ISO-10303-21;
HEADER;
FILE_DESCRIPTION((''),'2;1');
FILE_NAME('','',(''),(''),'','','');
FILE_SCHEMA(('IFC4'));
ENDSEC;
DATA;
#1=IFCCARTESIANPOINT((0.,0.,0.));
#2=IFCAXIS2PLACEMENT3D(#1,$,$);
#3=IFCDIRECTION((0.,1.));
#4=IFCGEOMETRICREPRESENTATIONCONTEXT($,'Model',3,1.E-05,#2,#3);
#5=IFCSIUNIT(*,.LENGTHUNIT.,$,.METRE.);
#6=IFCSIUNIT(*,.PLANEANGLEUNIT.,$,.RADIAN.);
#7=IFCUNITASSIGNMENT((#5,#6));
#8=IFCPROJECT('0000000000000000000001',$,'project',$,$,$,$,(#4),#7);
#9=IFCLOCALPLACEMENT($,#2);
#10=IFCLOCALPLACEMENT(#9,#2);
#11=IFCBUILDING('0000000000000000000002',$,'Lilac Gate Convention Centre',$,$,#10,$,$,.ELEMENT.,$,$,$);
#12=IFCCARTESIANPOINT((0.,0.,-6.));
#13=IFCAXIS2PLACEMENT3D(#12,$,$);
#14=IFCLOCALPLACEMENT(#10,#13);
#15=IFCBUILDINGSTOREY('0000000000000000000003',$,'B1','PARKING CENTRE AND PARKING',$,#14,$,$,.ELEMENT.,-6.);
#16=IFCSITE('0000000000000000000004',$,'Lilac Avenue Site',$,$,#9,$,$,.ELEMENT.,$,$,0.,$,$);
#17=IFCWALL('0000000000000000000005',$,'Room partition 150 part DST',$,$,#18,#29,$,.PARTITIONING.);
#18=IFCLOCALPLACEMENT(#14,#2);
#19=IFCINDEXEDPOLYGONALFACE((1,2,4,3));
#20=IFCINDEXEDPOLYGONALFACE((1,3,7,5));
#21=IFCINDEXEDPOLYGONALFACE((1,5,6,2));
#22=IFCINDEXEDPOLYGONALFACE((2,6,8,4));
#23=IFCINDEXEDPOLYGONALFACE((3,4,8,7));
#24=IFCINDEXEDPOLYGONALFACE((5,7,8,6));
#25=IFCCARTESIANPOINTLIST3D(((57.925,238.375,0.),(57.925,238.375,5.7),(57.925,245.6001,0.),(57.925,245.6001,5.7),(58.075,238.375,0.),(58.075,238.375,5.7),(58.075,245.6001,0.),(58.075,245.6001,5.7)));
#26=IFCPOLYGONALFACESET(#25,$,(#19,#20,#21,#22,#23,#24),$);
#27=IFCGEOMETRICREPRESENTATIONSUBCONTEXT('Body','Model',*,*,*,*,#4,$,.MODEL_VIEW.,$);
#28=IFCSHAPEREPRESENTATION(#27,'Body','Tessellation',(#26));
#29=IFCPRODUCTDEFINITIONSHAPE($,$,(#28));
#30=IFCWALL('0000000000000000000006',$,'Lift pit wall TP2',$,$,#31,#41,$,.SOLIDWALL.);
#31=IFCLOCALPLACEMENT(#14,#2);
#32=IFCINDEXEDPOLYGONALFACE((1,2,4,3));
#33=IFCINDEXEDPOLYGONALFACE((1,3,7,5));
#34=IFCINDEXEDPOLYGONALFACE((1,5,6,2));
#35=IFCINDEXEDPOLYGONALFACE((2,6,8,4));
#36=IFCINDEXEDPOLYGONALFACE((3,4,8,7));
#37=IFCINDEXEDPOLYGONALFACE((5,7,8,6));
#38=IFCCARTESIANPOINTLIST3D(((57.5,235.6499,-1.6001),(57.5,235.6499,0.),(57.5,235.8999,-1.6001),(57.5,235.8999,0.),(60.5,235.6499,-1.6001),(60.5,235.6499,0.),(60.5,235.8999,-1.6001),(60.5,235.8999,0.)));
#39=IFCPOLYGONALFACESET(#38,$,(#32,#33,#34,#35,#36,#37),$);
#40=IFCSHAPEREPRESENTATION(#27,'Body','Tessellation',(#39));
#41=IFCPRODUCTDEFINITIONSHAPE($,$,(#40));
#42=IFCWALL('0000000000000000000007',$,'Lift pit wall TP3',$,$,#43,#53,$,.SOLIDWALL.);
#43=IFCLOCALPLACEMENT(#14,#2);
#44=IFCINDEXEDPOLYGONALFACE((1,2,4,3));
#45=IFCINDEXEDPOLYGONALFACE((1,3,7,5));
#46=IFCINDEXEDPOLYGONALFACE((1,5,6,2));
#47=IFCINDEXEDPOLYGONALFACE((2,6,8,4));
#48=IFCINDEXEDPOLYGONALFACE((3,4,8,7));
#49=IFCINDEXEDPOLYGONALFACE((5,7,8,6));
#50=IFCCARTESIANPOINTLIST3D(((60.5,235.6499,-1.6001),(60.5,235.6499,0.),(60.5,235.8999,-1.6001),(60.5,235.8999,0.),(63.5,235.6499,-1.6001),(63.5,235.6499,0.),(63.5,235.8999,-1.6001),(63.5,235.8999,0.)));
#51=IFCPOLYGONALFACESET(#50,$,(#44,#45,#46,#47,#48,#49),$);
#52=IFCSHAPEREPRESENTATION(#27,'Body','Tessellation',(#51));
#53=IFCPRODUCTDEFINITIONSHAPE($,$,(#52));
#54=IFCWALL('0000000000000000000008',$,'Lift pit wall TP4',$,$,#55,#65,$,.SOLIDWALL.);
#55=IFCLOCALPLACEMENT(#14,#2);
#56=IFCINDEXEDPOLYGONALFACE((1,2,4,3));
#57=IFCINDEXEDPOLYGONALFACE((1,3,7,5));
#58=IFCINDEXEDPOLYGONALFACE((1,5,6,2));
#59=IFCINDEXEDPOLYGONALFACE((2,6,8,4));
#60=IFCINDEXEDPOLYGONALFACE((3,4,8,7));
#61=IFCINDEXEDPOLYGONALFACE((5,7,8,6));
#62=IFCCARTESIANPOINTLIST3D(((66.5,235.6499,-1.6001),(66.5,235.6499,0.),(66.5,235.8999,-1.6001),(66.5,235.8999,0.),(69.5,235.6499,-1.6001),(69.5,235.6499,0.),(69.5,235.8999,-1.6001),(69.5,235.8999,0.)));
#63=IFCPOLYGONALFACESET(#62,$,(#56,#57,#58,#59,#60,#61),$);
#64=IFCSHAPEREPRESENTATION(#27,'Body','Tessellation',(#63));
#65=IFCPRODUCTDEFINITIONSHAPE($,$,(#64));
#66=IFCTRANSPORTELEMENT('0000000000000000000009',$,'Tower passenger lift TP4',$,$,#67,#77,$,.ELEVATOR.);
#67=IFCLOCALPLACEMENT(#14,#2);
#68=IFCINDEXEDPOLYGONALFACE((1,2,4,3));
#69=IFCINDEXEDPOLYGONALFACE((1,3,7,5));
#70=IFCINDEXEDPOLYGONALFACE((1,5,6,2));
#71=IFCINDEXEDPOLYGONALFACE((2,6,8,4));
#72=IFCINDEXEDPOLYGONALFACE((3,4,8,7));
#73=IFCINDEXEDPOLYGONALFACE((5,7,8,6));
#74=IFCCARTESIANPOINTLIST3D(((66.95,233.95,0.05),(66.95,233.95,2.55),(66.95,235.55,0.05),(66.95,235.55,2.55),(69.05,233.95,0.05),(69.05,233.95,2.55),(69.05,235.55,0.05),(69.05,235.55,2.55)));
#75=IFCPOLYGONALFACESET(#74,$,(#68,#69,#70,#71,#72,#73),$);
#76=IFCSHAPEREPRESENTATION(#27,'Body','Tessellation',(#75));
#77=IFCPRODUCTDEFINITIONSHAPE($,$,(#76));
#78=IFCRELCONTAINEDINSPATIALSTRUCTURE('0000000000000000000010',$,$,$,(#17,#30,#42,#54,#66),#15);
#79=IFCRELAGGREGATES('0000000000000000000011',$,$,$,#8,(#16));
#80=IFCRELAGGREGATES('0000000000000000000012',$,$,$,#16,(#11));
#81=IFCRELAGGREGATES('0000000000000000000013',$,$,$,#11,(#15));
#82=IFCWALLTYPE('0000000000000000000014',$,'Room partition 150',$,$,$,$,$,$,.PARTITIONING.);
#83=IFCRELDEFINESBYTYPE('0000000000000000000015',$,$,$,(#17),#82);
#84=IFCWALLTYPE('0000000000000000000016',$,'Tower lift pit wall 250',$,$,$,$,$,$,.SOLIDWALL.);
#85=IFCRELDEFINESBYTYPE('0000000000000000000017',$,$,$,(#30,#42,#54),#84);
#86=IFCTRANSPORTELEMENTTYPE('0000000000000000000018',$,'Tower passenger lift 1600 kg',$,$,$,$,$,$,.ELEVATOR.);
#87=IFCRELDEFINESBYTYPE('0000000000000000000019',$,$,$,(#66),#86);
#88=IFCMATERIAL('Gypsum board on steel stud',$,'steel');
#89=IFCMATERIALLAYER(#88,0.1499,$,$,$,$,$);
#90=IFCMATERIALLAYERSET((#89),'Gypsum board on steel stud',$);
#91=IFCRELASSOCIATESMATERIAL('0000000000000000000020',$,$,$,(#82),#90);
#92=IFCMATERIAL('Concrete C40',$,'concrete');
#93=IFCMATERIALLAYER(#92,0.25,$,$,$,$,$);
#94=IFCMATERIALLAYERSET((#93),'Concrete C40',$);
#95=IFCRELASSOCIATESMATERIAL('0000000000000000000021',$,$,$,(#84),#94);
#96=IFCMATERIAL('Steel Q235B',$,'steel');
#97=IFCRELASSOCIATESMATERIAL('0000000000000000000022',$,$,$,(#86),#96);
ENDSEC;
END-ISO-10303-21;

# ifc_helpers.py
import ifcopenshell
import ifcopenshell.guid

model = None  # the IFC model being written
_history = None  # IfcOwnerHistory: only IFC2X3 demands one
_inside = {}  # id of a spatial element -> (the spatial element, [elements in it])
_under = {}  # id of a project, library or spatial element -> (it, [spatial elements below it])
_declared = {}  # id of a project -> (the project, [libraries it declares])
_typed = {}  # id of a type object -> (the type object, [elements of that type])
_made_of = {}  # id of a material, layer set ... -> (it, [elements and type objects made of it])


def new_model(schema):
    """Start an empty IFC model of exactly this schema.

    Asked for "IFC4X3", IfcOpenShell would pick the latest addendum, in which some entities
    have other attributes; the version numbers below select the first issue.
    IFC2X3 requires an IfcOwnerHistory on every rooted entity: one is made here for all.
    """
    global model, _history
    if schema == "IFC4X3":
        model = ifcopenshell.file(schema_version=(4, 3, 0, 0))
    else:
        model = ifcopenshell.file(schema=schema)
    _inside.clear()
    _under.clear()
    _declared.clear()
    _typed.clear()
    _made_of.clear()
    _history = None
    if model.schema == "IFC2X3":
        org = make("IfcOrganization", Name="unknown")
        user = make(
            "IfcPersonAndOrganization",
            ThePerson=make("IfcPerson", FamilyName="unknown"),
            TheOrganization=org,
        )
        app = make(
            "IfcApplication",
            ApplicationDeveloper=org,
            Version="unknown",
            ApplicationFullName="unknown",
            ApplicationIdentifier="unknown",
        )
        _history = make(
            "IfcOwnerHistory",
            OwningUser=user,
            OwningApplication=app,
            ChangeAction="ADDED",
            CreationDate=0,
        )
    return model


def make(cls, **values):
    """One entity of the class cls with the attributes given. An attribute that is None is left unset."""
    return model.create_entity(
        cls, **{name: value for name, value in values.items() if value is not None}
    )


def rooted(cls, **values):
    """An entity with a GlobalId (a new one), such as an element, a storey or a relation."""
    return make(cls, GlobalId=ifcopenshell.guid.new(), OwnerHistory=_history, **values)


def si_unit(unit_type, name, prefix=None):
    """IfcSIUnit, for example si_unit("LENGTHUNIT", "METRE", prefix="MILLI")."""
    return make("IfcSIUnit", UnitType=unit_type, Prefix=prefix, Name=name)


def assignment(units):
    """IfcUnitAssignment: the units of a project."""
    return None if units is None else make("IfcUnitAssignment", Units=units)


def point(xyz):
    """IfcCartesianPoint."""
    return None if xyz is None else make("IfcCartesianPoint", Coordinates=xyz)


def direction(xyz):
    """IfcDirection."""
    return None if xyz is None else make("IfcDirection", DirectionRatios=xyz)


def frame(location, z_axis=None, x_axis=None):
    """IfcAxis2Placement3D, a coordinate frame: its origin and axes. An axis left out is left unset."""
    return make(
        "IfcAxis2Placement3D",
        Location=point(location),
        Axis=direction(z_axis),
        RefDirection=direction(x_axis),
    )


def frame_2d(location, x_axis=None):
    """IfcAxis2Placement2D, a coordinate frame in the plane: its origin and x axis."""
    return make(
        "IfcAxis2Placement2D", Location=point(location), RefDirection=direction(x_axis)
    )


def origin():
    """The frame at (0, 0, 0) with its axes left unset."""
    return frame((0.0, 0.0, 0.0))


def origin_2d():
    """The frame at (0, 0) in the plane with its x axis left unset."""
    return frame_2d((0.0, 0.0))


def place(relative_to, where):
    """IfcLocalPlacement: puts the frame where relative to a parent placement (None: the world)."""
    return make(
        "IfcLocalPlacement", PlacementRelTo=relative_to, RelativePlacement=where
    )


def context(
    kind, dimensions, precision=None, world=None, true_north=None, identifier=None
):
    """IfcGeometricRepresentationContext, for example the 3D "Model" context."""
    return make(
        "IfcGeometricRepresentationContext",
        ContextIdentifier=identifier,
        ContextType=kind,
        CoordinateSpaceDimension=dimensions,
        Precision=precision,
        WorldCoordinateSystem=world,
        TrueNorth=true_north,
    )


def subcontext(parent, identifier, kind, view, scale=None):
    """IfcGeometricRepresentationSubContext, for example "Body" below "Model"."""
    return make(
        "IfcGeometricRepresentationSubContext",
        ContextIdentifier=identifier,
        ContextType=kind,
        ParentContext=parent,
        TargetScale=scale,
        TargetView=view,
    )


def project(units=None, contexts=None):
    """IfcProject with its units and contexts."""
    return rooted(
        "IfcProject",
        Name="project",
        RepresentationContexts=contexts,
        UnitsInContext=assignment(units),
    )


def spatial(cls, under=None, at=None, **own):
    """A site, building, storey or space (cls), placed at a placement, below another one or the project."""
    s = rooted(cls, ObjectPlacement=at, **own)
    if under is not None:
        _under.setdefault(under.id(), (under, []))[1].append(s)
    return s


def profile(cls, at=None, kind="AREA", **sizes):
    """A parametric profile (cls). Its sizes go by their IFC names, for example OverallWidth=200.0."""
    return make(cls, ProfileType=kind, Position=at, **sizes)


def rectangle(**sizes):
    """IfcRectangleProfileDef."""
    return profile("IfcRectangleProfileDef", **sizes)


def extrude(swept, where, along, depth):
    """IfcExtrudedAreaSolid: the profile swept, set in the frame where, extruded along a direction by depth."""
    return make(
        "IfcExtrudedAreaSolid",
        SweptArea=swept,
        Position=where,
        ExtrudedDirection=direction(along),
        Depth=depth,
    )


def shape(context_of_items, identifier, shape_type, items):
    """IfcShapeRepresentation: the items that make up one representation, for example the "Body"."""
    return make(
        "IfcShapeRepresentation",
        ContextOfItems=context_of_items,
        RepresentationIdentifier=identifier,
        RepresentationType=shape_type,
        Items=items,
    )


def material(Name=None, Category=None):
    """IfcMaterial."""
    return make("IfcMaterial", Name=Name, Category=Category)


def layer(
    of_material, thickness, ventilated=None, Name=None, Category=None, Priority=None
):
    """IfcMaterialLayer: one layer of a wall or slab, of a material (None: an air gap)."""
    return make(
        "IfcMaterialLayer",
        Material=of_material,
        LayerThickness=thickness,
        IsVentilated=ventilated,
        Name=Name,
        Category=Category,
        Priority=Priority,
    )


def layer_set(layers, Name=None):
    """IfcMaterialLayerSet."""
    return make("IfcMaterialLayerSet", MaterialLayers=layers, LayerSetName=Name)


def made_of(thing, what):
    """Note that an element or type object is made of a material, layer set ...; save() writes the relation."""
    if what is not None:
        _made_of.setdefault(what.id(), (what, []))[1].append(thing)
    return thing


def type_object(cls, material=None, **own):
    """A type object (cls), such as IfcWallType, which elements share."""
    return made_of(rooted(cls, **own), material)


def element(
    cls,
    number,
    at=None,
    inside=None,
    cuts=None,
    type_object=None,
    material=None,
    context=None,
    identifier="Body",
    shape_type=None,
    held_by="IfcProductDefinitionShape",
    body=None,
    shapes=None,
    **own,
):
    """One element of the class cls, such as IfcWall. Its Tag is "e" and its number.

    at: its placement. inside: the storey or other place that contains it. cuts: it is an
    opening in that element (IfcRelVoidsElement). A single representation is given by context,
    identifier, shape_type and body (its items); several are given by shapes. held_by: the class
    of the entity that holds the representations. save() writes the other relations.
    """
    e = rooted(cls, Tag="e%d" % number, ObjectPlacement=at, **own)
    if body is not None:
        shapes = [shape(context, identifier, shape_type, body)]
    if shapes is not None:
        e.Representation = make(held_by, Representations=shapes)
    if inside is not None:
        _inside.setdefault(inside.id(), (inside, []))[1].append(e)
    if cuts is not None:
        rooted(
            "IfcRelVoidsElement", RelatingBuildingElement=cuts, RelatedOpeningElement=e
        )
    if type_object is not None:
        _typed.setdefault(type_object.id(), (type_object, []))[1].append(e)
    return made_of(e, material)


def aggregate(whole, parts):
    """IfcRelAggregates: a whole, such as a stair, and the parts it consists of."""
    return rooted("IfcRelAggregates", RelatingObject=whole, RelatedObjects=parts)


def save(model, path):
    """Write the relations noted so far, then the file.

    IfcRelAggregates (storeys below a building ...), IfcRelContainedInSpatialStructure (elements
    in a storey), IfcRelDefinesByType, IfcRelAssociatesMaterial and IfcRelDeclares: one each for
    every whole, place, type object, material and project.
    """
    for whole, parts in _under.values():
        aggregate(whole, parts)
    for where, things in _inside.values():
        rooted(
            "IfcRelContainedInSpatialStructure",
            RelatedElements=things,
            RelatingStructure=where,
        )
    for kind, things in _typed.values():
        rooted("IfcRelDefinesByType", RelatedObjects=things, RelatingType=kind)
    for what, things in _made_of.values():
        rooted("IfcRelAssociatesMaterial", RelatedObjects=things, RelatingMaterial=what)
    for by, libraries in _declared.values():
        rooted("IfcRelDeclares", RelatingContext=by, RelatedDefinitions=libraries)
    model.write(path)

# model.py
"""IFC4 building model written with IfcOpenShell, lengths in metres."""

from ifc_helpers import new_model, si_unit, direction, frame, frame_2d, origin, origin_2d, place, context, subcontext, project, spatial, rectangle, extrude, material, layer, layer_set, type_object, element, save


model = new_model("IFC4")

# Units and contexts
model_context = context("Model", 3, precision=1e-05, world=origin(), true_north=direction((0.0, 1.0)))
body_context = subcontext(model_context, "Body", "Model", "MODEL_VIEW")
ifc_project = project(units=[si_unit("LENGTHUNIT", "METRE"), si_unit("PLANEANGLEUNIT", "RADIAN")], contexts=[model_context])

# Site, building, storey
site_placement = place(None, origin())
site = spatial("IfcSite", under=ifc_project, at=site_placement, Name="Lilac Avenue Site", CompositionType="ELEMENT", RefElevation=0.0)
building_placement = place(site_placement, origin())
building = spatial("IfcBuilding", under=site, at=building_placement, Name="Lilac Gate Convention Centre", CompositionType="ELEMENT")
storey_placement = place(building_placement, frame((0.0, 0.0, -6.0)))
storey = spatial("IfcBuildingStorey", under=building, at=storey_placement, Name="B1", Description="PARKING CENTRE AND PARKING", CompositionType="ELEMENT", Elevation=-6.0)

# Shared definitions
ifc_material_1 = material(Name="Concrete C40", Category="concrete")

# Shared definitions
ifc_material_2 = material(Name="Gypsum board on steel stud", Category="steel")
ifc_material_3 = material(Name="Steel Q235B", Category="steel")

# Walls
ifc_layer_1 = layer(ifc_material_2, 0.1499)
ifc_layer_set_1 = layer_set([ifc_layer_1], Name="Gypsum board on steel stud")
wall_type_1 = type_object("IfcWallType", Name="Room partition 150", PredefinedType="PARTITIONING", material=ifc_layer_set_1)
wall_1_placement = place(storey_placement, frame((58.0, 245.6001, 0.0), z_axis=(0.0, 0.0, 1.0), x_axis=(0.0, -1.0, 0.0)))
element("IfcWall", 1, at=wall_1_placement, inside=storey, type_object=wall_type_1, Name="Room partition 150 part DST", PredefinedType="PARTITIONING", context=body_context, shape_type="SweptSolid", body=[
    extrude(rectangle(XDim=7.2251, YDim=0.1499, at=frame_2d((3.6125, 0.0))), origin(), (0.0, 0.0, 1.0), 5.7),
])
ifc_layer_2 = layer(ifc_material_1, 0.25)
ifc_layer_set_2 = layer_set([ifc_layer_2], Name="Concrete C40")
wall_type_2 = type_object("IfcWallType", Name="Tower lift pit wall 250", PredefinedType="SOLIDWALL", material=ifc_layer_set_2)
for number, where, z_axis, x_axis, name in (
    (2, (57.5, 235.7749, -1.6001), (0.0, 0.0, 1.0), (1.0, 0.0, 0.0), "Lift pit wall TP2"),
    (3, (60.5, 235.7749, -1.6001), (0.0, 0.0, 1.0), (1.0, 0.0, 0.0), "Lift pit wall TP3"),
    (4, (66.5, 235.7749, -1.6001), (0.0, 0.0, 1.0), (1.0, 0.0, 0.0), "Lift pit wall TP4"),
):
    element("IfcWall", number, at=place(storey_placement, frame(where, z_axis=z_axis, x_axis=x_axis)), inside=storey, type_object=wall_type_2, Name=name, PredefinedType="SOLIDWALL", context=body_context, shape_type="SweptSolid", body=[
        extrude(rectangle(XDim=3.0, YDim=0.25, at=frame_2d((1.5, 0.0))), origin(), (0.0, 0.0, 1.0), 1.6001),
    ])

# Transport element
transport_element_type = type_object("IfcTransportElementType", Name="Tower passenger lift 1600 kg", PredefinedType="ELEVATOR", material=ifc_material_3)
transport_element_placement = place(storey_placement, frame((68.0, 234.75, 0.05), z_axis=(0.0, 0.0, 1.0), x_axis=(1.0, 0.0, 0.0)))
element("IfcTransportElement", 5, at=transport_element_placement, inside=storey, type_object=transport_element_type, Name="Tower passenger lift TP4", PredefinedType="ELEVATOR", context=body_context, shape_type="SweptSolid", body=[
    extrude(rectangle(XDim=2.1001, YDim=1.6001, at=origin_2d()), origin(), (0.0, 0.0, 1.0), 2.5),
])

save(model, "model.ifc")
